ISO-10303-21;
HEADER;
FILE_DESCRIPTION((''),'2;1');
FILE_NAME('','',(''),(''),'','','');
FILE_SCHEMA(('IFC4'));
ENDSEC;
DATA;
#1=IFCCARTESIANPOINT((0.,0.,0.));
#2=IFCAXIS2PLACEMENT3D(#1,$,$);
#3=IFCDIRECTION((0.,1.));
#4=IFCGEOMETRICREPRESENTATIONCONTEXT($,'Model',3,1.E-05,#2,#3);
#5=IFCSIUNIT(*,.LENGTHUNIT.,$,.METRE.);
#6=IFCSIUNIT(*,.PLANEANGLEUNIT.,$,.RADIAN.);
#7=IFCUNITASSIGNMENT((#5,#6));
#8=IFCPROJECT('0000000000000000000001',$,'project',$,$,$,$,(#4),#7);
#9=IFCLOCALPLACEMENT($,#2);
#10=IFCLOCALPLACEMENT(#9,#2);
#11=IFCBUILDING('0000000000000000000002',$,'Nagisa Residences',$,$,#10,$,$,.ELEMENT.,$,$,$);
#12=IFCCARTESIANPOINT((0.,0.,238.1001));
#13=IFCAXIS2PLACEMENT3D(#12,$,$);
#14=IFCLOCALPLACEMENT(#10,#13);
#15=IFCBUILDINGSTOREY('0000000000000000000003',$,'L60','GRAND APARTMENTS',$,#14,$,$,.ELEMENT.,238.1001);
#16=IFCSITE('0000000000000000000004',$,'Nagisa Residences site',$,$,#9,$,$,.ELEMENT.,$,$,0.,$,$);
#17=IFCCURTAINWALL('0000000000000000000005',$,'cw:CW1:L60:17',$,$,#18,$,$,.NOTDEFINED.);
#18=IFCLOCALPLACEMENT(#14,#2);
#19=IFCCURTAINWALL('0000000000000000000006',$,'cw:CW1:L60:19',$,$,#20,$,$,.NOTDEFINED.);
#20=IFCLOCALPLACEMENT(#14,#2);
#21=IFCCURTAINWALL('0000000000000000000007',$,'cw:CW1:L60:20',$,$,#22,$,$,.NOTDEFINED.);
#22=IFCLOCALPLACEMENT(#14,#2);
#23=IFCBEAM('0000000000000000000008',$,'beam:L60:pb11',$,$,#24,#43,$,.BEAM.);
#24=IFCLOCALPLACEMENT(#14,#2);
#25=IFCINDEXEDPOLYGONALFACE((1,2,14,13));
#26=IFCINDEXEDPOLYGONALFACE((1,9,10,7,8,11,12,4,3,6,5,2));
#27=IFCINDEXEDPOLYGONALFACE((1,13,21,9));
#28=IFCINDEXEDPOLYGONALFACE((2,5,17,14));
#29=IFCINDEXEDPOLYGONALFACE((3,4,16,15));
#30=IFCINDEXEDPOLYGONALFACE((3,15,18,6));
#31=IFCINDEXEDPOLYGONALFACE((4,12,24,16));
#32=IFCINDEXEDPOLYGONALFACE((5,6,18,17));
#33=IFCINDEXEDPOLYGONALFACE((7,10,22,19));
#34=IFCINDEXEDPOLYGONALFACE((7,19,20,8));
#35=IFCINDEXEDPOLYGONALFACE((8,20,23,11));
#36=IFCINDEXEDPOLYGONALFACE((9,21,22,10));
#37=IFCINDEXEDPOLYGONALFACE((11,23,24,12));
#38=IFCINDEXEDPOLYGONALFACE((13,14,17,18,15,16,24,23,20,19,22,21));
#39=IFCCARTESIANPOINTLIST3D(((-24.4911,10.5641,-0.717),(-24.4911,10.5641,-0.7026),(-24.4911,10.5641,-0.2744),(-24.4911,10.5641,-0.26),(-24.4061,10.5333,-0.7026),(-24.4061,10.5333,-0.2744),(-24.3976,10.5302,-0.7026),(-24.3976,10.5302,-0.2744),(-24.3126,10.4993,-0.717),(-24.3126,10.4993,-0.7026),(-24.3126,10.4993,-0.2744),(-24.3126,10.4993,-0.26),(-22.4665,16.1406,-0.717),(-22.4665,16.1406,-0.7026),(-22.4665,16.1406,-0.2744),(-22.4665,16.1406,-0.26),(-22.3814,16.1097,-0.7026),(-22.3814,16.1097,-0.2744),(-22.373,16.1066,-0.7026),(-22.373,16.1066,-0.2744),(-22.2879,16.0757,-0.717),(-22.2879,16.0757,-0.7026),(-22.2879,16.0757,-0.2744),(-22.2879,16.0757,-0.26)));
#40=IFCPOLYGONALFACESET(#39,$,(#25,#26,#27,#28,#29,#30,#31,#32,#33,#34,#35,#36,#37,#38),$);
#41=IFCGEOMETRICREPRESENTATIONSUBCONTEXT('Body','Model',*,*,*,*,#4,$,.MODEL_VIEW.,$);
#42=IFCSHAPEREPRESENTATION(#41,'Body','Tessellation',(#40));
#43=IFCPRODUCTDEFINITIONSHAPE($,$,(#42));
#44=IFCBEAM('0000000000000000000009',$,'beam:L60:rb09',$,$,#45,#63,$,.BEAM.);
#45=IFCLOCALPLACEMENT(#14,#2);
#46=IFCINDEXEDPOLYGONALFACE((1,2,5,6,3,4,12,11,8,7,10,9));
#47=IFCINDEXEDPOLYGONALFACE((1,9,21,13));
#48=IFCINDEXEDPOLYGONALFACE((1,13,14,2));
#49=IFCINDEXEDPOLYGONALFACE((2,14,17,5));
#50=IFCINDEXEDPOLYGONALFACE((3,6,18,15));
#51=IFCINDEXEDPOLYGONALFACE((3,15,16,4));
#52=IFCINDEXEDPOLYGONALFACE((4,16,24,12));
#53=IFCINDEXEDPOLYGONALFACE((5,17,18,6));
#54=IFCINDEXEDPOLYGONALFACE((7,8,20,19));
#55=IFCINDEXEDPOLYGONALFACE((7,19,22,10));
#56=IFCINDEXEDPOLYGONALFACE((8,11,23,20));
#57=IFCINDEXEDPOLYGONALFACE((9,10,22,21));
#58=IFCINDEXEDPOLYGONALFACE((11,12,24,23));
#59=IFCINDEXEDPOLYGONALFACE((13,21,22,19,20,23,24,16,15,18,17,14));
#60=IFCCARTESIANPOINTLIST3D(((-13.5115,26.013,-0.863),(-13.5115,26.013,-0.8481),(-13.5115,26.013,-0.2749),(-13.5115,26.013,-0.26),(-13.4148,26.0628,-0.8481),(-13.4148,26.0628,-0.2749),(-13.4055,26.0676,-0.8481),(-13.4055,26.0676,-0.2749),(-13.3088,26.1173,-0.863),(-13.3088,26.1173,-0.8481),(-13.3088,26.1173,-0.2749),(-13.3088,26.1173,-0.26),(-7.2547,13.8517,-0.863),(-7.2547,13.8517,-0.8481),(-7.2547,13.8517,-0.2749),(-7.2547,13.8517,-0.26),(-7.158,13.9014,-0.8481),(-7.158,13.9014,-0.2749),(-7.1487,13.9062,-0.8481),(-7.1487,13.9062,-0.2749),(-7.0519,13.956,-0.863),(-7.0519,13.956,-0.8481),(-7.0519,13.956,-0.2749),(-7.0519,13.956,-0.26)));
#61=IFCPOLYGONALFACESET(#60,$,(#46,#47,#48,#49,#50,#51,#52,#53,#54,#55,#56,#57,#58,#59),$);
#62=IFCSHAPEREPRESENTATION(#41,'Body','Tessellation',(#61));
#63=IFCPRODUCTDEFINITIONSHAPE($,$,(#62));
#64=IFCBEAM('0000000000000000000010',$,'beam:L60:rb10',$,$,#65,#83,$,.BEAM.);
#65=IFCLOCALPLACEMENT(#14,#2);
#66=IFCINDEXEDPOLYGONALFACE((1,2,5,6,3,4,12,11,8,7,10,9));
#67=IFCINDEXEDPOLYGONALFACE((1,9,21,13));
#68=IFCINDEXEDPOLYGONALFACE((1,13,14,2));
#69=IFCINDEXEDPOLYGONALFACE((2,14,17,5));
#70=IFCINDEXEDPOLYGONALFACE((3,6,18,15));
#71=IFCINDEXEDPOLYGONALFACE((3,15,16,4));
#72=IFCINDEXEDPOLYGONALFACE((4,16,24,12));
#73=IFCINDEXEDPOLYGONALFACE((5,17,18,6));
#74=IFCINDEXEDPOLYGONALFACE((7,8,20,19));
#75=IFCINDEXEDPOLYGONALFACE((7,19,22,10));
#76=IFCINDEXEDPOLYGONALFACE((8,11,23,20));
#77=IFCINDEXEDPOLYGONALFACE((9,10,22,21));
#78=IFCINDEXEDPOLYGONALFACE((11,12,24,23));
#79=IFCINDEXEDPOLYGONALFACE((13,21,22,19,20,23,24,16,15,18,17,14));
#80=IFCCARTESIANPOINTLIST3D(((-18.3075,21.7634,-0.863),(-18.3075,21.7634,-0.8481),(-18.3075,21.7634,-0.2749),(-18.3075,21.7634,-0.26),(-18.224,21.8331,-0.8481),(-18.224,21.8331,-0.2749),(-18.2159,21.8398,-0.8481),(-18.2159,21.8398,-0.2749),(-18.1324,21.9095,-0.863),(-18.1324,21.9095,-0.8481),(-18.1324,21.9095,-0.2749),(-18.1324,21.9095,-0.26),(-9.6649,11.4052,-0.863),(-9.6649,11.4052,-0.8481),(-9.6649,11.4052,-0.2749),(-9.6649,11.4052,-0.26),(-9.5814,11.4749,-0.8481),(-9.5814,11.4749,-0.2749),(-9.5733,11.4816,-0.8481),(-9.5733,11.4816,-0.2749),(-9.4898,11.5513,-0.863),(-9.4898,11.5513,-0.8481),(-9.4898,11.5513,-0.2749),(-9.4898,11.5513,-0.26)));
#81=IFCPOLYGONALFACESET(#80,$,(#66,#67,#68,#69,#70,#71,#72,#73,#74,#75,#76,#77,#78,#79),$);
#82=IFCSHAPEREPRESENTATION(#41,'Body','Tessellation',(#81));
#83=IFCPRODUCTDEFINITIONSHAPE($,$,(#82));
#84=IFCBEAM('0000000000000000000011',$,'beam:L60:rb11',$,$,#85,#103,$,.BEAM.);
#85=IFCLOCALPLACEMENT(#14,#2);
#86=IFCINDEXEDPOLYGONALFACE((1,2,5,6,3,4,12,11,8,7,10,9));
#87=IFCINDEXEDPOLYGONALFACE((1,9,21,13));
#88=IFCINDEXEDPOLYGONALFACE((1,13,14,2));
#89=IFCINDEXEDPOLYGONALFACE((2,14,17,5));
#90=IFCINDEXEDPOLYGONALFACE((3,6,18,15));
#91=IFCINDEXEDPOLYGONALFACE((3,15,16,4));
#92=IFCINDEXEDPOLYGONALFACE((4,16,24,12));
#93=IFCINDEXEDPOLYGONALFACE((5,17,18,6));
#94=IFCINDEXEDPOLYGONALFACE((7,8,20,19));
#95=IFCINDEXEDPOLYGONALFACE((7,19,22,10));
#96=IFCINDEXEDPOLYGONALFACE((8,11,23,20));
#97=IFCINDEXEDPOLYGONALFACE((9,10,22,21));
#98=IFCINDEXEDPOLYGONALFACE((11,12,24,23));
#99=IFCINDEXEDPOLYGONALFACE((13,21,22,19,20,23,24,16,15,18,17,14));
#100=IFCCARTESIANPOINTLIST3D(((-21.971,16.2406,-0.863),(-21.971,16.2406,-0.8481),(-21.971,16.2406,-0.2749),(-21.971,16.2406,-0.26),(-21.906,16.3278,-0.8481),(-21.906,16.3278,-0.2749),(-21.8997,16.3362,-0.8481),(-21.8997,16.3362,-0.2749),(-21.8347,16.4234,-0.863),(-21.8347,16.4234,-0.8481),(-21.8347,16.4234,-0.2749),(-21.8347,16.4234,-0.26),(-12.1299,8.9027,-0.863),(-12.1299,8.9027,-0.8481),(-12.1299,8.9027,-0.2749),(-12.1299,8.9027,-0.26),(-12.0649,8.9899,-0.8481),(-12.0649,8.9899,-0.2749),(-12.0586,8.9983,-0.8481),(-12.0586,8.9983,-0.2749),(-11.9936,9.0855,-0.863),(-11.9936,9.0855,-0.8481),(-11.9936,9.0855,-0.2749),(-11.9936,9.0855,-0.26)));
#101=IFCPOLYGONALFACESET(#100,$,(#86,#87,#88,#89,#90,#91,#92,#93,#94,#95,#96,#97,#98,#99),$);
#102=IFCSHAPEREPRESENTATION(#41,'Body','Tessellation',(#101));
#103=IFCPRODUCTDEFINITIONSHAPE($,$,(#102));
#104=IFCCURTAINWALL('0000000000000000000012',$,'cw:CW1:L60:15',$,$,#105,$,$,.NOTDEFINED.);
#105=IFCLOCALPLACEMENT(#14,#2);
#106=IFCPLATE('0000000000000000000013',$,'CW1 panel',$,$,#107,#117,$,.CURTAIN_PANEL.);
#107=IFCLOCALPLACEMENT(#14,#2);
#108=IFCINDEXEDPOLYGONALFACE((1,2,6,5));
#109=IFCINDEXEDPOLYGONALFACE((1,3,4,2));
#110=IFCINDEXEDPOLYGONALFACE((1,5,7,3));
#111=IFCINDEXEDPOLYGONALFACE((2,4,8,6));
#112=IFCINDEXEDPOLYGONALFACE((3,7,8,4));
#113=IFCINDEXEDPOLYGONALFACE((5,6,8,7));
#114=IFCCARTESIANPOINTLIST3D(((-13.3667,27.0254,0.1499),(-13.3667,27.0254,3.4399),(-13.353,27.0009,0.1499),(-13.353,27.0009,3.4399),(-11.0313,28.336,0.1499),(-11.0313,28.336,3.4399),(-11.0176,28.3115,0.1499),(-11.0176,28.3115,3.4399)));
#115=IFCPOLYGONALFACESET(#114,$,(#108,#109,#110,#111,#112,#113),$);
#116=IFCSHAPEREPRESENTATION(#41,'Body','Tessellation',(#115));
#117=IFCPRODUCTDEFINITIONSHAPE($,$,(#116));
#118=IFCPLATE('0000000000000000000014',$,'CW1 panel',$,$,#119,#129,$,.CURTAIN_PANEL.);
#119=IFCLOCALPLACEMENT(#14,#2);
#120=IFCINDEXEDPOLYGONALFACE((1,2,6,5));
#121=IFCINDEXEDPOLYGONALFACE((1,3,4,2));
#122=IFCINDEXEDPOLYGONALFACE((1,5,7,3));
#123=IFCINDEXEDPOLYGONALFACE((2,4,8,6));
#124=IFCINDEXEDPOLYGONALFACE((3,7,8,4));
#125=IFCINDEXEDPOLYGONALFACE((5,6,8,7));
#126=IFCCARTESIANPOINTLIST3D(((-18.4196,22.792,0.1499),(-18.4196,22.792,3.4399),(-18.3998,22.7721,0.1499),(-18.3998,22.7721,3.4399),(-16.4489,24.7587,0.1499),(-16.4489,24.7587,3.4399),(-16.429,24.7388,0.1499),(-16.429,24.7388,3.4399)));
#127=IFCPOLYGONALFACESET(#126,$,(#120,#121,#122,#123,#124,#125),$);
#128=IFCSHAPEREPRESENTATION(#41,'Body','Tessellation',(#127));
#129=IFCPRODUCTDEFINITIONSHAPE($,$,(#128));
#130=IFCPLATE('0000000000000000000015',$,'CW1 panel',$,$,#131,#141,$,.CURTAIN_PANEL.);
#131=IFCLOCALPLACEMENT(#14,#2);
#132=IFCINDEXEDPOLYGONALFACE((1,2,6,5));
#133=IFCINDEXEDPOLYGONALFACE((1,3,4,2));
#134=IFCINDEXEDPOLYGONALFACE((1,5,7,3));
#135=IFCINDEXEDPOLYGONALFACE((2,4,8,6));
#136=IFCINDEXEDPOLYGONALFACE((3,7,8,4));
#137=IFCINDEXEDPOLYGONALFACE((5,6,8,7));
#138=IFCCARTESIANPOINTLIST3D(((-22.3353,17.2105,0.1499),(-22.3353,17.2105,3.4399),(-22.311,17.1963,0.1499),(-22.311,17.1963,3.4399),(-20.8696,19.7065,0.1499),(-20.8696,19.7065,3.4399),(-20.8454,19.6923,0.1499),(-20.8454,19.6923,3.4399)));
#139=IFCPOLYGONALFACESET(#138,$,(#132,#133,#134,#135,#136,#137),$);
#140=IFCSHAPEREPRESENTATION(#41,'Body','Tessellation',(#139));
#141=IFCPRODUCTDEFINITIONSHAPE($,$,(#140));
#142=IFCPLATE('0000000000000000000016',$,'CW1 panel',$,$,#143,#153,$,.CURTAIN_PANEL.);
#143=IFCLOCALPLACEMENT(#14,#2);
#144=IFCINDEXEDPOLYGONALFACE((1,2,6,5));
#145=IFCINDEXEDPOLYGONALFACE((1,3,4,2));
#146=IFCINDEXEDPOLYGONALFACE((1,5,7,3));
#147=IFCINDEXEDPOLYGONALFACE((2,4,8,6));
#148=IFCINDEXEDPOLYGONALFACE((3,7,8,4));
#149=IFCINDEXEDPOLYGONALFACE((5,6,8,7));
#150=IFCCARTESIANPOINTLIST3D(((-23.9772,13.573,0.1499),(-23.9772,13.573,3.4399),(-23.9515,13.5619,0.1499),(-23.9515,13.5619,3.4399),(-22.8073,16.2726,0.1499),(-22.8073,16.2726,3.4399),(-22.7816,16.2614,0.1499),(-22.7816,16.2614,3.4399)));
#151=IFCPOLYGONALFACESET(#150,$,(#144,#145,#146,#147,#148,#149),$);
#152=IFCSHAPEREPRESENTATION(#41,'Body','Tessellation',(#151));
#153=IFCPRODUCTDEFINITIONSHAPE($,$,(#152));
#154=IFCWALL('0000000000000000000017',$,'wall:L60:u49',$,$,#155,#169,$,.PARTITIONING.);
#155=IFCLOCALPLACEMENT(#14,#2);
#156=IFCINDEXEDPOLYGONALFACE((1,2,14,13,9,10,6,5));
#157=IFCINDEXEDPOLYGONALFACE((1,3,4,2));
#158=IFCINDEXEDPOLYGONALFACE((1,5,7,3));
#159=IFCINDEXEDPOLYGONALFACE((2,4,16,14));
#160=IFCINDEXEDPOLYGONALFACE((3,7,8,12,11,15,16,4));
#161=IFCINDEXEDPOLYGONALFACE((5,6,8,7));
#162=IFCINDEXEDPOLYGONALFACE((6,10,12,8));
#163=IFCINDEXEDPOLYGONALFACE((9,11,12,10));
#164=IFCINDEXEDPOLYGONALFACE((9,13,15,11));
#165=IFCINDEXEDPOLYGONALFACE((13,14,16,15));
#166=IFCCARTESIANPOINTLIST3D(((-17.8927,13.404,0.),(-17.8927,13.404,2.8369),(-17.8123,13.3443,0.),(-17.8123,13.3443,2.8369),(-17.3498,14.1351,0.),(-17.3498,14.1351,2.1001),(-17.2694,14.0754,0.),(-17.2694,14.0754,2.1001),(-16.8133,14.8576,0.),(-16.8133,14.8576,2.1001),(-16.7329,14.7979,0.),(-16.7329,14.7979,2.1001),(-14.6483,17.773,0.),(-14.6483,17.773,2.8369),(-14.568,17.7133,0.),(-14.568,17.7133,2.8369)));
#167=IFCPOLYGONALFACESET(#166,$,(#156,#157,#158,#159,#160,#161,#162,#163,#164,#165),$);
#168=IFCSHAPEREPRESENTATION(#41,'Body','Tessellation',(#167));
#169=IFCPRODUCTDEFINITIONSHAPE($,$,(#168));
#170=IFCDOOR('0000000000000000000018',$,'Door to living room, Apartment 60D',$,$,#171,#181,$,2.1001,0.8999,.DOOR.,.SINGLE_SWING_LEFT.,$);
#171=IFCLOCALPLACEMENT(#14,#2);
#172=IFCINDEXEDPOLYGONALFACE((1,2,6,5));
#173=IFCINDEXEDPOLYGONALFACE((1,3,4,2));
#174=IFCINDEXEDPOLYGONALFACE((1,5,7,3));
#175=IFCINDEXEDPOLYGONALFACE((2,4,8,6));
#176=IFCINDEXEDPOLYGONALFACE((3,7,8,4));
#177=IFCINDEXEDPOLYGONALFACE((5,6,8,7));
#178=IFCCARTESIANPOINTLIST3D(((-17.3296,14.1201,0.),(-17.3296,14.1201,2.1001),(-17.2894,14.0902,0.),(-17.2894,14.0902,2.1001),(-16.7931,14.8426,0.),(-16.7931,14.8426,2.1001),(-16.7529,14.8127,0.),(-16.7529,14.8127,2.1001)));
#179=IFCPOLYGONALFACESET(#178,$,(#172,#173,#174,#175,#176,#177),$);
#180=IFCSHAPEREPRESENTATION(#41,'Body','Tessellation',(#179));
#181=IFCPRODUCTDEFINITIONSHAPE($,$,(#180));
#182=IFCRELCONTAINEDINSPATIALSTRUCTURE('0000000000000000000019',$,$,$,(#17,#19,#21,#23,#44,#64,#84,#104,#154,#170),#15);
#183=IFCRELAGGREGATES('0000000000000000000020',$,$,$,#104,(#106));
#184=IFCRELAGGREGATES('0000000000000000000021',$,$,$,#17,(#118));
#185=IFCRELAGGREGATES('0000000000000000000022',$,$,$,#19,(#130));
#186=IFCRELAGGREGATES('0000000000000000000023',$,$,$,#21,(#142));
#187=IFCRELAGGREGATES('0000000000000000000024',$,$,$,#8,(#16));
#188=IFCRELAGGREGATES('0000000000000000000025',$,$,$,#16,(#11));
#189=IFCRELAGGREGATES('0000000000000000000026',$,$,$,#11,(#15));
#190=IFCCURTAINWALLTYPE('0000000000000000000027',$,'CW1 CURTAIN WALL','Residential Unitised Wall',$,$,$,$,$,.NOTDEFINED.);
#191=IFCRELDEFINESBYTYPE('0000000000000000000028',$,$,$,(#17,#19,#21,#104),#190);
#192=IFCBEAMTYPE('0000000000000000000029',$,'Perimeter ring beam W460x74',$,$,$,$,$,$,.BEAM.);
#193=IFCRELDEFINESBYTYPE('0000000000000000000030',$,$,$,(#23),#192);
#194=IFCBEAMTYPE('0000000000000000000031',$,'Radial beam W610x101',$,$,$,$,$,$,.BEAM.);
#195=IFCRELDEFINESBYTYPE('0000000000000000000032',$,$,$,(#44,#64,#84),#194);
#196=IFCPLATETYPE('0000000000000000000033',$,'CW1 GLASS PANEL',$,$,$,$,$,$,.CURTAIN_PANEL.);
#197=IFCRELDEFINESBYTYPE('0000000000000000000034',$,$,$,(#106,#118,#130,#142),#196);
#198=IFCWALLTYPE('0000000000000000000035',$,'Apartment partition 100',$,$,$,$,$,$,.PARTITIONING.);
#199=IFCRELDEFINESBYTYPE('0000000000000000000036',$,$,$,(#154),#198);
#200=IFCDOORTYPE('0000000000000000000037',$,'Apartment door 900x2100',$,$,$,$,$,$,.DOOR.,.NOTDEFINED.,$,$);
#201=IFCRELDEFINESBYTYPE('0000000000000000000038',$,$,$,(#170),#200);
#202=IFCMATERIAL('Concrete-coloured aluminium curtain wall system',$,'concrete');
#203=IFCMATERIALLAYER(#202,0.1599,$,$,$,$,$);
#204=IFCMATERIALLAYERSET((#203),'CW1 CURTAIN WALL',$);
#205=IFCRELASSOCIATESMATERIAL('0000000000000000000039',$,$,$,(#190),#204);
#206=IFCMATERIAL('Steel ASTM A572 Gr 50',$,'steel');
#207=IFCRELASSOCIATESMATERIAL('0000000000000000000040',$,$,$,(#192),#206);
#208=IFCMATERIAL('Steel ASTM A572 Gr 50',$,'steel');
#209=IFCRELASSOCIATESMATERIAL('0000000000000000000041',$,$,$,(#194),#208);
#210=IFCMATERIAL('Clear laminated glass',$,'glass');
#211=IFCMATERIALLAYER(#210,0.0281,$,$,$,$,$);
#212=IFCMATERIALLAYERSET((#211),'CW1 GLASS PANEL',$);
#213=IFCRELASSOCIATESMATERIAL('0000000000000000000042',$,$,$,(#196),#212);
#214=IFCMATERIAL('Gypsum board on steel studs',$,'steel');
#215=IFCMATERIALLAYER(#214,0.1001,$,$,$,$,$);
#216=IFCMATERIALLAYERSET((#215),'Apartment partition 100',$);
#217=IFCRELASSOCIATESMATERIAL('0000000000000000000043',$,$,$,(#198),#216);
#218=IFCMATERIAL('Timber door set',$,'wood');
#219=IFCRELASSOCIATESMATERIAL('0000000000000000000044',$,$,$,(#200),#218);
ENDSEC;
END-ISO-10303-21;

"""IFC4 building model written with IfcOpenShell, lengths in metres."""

from ifc_helpers import new_model, si_unit, direction, frame, frame_2d, origin, origin_2d, place, context, subcontext, project, spatial, rectangle, i_section, extrude, material, layer, layer_set, material_profile, profile_set, type_object, element, fill, aggregate, save


model = new_model("IFC4")

# Units and contexts
model_context = context("Model", 3, precision=1e-05, world=origin(), true_north=direction((0.0, 1.0)))
body_context = subcontext(model_context, "Body", "Model", "MODEL_VIEW")
ifc_project = project(units=[si_unit("LENGTHUNIT", "METRE"), si_unit("PLANEANGLEUNIT", "RADIAN")], contexts=[model_context])

# Site, building, storey
site_placement = place(None, origin())
site = spatial("IfcSite", under=ifc_project, at=site_placement, Name="Nagisa Residences site", CompositionType="ELEMENT", RefElevation=0.0)
building_placement = place(site_placement, origin())
building = spatial("IfcBuilding", under=site, at=building_placement, Name="Nagisa Residences", CompositionType="ELEMENT")
storey_placement = place(building_placement, frame((0.0, 0.0, 238.1001)))
storey = spatial("IfcBuildingStorey", under=building, at=storey_placement, Name="L60", Description="GRAND APARTMENTS", CompositionType="ELEMENT", Elevation=238.1001)

# Curtain walls
ifc_material_1 = material(Name="Concrete-coloured aluminium curtain wall system", Category="concrete")
ifc_layer_1 = layer(ifc_material_1, 0.1599)
ifc_layer_set_1 = layer_set([ifc_layer_1], Name="CW1 CURTAIN WALL")
curtain_wall_type = type_object("IfcCurtainWallType", Name="CW1 CURTAIN WALL", Description="Residential Unitised Wall", PredefinedType="NOTDEFINED", material=ifc_layer_set_1)
curtain_wall_1_placement = place(storey_placement, origin())
curtain_wall_1 = element("IfcCurtainWall", 1, at=curtain_wall_1_placement, inside=storey, type_object=curtain_wall_type, Name="cw:CW1:L60:17", PredefinedType="NOTDEFINED")
curtain_wall_2_placement = place(storey_placement, origin())
curtain_wall_2 = element("IfcCurtainWall", 2, at=curtain_wall_2_placement, inside=storey, type_object=curtain_wall_type, Name="cw:CW1:L60:19", PredefinedType="NOTDEFINED")
curtain_wall_3_placement = place(storey_placement, origin())
curtain_wall_3 = element("IfcCurtainWall", 3, at=curtain_wall_3_placement, inside=storey, type_object=curtain_wall_type, Name="cw:CW1:L60:20", PredefinedType="NOTDEFINED")

# Beams
ifc_material_2 = material(Name="Steel ASTM A572 Gr 50", Category="steel")
ifc_material_profile_1 = material_profile(ifc_material_2, i_section(OverallWidth=0.1899, OverallDepth=0.457, WebThickness=0.009, FlangeThickness=0.0144, at=origin_2d()), Name="W460x74")
ifc_profile_set_1 = profile_set([ifc_material_profile_1], Name="Steel ASTM A572 Gr 50")
beam_type_1 = type_object("IfcBeamType", Name="Perimeter ring beam W460x74", PredefinedType="BEAM", material=ifc_profile_set_1)
beam_1_placement = place(storey_placement, frame((-22.3772, 16.1082, -0.4885), z_axis=(-0.341277, -0.939963, 0.0), x_axis=(0.939963, -0.341277, 0.0)))
element("IfcBeam", 4, at=beam_1_placement, inside=storey, type_object=beam_type_1, Name="beam:L60:pb11", PredefinedType="BEAM", context=body_context, shape_type="SweptSolid", body=[
    extrude(i_section(OverallWidth=0.1899, OverallDepth=0.457, WebThickness=0.009, FlangeThickness=0.0144, at=origin_2d()), origin(), (0.0, 0.0, 1.0), 5.9326),
])
ifc_material_3 = material(Name="Steel ASTM A572 Gr 50", Category="steel")
ifc_material_profile_2 = material_profile(ifc_material_3, i_section(OverallWidth=0.228, OverallDepth=0.603, WebThickness=0.0105, FlangeThickness=0.0149, at=origin_2d()), Name="W610x101")
ifc_profile_set_2 = profile_set([ifc_material_profile_2], Name="Steel ASTM A572 Gr 50")
beam_type_2 = type_object("IfcBeamType", Name="Radial beam W610x101", PredefinedType="BEAM", material=ifc_profile_set_2)
beam_2_placement = place(storey_placement, frame((-13.4102, 26.0652, -0.5615), z_axis=(0.457488, -0.889216, 0.0), x_axis=(0.889216, 0.457488, 0.0)))
element("IfcBeam", 5, at=beam_2_placement, inside=storey, type_object=beam_type_2, Name="beam:L60:rb09", PredefinedType="BEAM", context=body_context, shape_type="SweptSolid", body=[
    extrude(i_section(OverallWidth=0.228, OverallDepth=0.603, WebThickness=0.0105, FlangeThickness=0.0149, at=origin_2d()), origin(), (0.0, 0.0, 1.0), 13.6765),
])
beam_3_placement = place(storey_placement, frame((-18.22, 21.8364, -0.5615), z_axis=(0.640656, -0.767828, 0.0), x_axis=(0.767828, 0.640656, 0.0)))
element("IfcBeam", 6, at=beam_3_placement, inside=storey, type_object=beam_type_2, Name="beam:L60:rb10", PredefinedType="BEAM", context=body_context, shape_type="SweptSolid", body=[
    extrude(i_section(OverallWidth=0.228, OverallDepth=0.603, WebThickness=0.0105, FlangeThickness=0.0149, at=origin_2d()), origin(), (0.0, 0.0, 1.0), 13.4902),
])
beam_4_placement = place(storey_placement, frame((-21.9028, 16.332, -0.5615), z_axis=(0.801675, -0.597761, 0.0), x_axis=(0.597761, 0.801675, 0.0)))
element("IfcBeam", 7, at=beam_4_placement, inside=storey, type_object=beam_type_2, Name="beam:L60:rb11", PredefinedType="BEAM", context=body_context, shape_type="SweptSolid", body=[
    extrude(i_section(OverallWidth=0.228, OverallDepth=0.603, WebThickness=0.0105, FlangeThickness=0.0149, at=origin_2d()), origin(), (0.0, 0.0, 1.0), 12.2756),
])

# Curtain wall, plate
curtain_wall_4_placement = place(storey_placement, origin())
curtain_wall_4 = element("IfcCurtainWall", 8, at=curtain_wall_4_placement, inside=storey, type_object=curtain_wall_type, Name="cw:CW1:L60:15", PredefinedType="NOTDEFINED")
ifc_material_4 = material(Name="Clear laminated glass", Category="glass")
ifc_layer_2 = layer(ifc_material_4, 0.0281)
ifc_layer_set_2 = layer_set([ifc_layer_2], Name="CW1 GLASS PANEL")
plate_type = type_object("IfcPlateType", Name="CW1 GLASS PANEL", PredefinedType="CURTAIN_PANEL", material=ifc_layer_set_2)
plate_1_placement = place(storey_placement, frame((-12.1921, 27.6685, 0.1499), z_axis=(0.0, 0.0, 1.0), x_axis=(-0.872072, -0.489377, 0.0)))
plate_1 = element("IfcPlate", 9, at=plate_1_placement, type_object=plate_type, Name="CW1 panel", PredefinedType="CURTAIN_PANEL", context=body_context, shape_type="SweptSolid", body=[
    extrude(rectangle(XDim=2.678, YDim=0.0281, at=origin_2d()), origin(), (0.0, 0.0, 1.0), 3.29),
])
aggregate(curtain_wall_4, [plate_1])

# Plates
plate_2_placement = place(storey_placement, frame((-17.4243, 23.7654, 0.1499), z_axis=(0.0, 0.0, 1.0), x_axis=(-0.707836, -0.706377, 0.0)))
plate_2 = element("IfcPlate", 10, at=plate_2_placement, type_object=plate_type, Name="CW1 panel", PredefinedType="CURTAIN_PANEL", context=body_context, shape_type="SweptSolid", body=[
    extrude(rectangle(XDim=2.7842, YDim=0.0281, at=origin_2d()), origin(), (0.0, 0.0, 1.0), 3.29),
])
aggregate(curtain_wall_1, [plate_2])
plate_3_placement = place(storey_placement, frame((-21.5903, 18.4514, 0.1499), z_axis=(0.0, 0.0, 1.0), x_axis=(-0.506349, -0.862329, 0.0)))
plate_3 = element("IfcPlate", 11, at=plate_3_placement, type_object=plate_type, Name="CW1 panel", PredefinedType="CURTAIN_PANEL", context=body_context, shape_type="SweptSolid", body=[
    extrude(rectangle(XDim=2.8945, YDim=0.0281, at=origin_2d()), origin(), (0.0, 0.0, 1.0), 3.29),
])
aggregate(curtain_wall_2, [plate_3])
plate_4_placement = place(storey_placement, frame((-23.3794, 14.9172, 0.1499), z_axis=(0.0, 0.0, 1.0), x_axis=(-0.397636, -0.917543, 0.0)))
plate_4 = element("IfcPlate", 12, at=plate_4_placement, type_object=plate_type, Name="CW1 panel", PredefinedType="CURTAIN_PANEL", context=body_context, shape_type="SweptSolid", body=[
    extrude(rectangle(XDim=2.9421, YDim=0.0281, at=origin_2d()), origin(), (0.0, 0.0, 1.0), 3.29),
])
aggregate(curtain_wall_3, [plate_4])

# Wall, opening, door
ifc_material_5 = material(Name="Gypsum board on steel studs", Category="steel")
ifc_layer_3 = layer(ifc_material_5, 0.1001)
ifc_layer_set_3 = layer_set([ifc_layer_3], Name="Apartment partition 100")
wall_type_1 = type_object("IfcWallType", Name="Apartment partition 100", PredefinedType="PARTITIONING", material=ifc_layer_set_3)
wall_1_placement = place(storey_placement, frame((-14.6082, 17.7432, 0.0), z_axis=(0.0, 0.0, 1.0), x_axis=(-0.596174, -0.802855, 0.0)))
wall_1 = element("IfcWall", 13, at=wall_1_placement, inside=storey, type_object=wall_type_1, Name="wall:L60:u49", PredefinedType="PARTITIONING", context=body_context, shape_type="SweptSolid", body=[
    extrude(rectangle(XDim=5.4419, YDim=0.1001, at=frame_2d((2.7209, 0.0))), origin(), (0.0, 0.0, 1.0), 2.8369),
])
opening_1_placement = place(wall_1_placement, frame((3.6313, 0.0, 0.0)))
opening_1 = element("IfcOpeningElement", 14, at=opening_1_placement, cuts=wall_1, PredefinedType="OPENING", context=body_context, shape_type="SweptSolid", body=[
    extrude(rectangle(XDim=0.8999, YDim=2.1001, at=frame_2d((0.45, 1.05))), frame((0.0, 0.0601, 0.0), z_axis=(0.0, -1.0, 0.0), x_axis=(1.0, 0.0, 0.0)), (0.0, 0.0, 1.0), 0.1201),
])
ifc_material_6 = material(Name="Timber door set", Category="wood")
door_type_1 = type_object("IfcDoorType", Name="Apartment door 900x2100", OperationType="NOTDEFINED", PredefinedType="DOOR", material=ifc_material_6)
door_1_placement = place(opening_1_placement, frame((0.8999, 0.0, 0.0), x_axis=(-1.0, 0.0, 0.0)))
door_1 = element("IfcDoor", 15, at=door_1_placement, inside=storey, type_object=door_type_1, Name="Door to living room, Apartment 60D", OperationType="SINGLE_SWING_LEFT", OverallHeight=2.1001, OverallWidth=0.8999, PredefinedType="DOOR", context=body_context, shape_type="SweptSolid", body=[
    extrude(rectangle(XDim=0.8999, YDim=2.1001, at=frame_2d((0.45, 1.05))), frame((0.0, 0.0249, 0.0), z_axis=(0.0, -1.0, 0.0), x_axis=(1.0, 0.0, 0.0)), (0.0, 0.0, 1.0), 0.05),
])
fill(opening_1, door_1)

save(model, "model.ifc")
